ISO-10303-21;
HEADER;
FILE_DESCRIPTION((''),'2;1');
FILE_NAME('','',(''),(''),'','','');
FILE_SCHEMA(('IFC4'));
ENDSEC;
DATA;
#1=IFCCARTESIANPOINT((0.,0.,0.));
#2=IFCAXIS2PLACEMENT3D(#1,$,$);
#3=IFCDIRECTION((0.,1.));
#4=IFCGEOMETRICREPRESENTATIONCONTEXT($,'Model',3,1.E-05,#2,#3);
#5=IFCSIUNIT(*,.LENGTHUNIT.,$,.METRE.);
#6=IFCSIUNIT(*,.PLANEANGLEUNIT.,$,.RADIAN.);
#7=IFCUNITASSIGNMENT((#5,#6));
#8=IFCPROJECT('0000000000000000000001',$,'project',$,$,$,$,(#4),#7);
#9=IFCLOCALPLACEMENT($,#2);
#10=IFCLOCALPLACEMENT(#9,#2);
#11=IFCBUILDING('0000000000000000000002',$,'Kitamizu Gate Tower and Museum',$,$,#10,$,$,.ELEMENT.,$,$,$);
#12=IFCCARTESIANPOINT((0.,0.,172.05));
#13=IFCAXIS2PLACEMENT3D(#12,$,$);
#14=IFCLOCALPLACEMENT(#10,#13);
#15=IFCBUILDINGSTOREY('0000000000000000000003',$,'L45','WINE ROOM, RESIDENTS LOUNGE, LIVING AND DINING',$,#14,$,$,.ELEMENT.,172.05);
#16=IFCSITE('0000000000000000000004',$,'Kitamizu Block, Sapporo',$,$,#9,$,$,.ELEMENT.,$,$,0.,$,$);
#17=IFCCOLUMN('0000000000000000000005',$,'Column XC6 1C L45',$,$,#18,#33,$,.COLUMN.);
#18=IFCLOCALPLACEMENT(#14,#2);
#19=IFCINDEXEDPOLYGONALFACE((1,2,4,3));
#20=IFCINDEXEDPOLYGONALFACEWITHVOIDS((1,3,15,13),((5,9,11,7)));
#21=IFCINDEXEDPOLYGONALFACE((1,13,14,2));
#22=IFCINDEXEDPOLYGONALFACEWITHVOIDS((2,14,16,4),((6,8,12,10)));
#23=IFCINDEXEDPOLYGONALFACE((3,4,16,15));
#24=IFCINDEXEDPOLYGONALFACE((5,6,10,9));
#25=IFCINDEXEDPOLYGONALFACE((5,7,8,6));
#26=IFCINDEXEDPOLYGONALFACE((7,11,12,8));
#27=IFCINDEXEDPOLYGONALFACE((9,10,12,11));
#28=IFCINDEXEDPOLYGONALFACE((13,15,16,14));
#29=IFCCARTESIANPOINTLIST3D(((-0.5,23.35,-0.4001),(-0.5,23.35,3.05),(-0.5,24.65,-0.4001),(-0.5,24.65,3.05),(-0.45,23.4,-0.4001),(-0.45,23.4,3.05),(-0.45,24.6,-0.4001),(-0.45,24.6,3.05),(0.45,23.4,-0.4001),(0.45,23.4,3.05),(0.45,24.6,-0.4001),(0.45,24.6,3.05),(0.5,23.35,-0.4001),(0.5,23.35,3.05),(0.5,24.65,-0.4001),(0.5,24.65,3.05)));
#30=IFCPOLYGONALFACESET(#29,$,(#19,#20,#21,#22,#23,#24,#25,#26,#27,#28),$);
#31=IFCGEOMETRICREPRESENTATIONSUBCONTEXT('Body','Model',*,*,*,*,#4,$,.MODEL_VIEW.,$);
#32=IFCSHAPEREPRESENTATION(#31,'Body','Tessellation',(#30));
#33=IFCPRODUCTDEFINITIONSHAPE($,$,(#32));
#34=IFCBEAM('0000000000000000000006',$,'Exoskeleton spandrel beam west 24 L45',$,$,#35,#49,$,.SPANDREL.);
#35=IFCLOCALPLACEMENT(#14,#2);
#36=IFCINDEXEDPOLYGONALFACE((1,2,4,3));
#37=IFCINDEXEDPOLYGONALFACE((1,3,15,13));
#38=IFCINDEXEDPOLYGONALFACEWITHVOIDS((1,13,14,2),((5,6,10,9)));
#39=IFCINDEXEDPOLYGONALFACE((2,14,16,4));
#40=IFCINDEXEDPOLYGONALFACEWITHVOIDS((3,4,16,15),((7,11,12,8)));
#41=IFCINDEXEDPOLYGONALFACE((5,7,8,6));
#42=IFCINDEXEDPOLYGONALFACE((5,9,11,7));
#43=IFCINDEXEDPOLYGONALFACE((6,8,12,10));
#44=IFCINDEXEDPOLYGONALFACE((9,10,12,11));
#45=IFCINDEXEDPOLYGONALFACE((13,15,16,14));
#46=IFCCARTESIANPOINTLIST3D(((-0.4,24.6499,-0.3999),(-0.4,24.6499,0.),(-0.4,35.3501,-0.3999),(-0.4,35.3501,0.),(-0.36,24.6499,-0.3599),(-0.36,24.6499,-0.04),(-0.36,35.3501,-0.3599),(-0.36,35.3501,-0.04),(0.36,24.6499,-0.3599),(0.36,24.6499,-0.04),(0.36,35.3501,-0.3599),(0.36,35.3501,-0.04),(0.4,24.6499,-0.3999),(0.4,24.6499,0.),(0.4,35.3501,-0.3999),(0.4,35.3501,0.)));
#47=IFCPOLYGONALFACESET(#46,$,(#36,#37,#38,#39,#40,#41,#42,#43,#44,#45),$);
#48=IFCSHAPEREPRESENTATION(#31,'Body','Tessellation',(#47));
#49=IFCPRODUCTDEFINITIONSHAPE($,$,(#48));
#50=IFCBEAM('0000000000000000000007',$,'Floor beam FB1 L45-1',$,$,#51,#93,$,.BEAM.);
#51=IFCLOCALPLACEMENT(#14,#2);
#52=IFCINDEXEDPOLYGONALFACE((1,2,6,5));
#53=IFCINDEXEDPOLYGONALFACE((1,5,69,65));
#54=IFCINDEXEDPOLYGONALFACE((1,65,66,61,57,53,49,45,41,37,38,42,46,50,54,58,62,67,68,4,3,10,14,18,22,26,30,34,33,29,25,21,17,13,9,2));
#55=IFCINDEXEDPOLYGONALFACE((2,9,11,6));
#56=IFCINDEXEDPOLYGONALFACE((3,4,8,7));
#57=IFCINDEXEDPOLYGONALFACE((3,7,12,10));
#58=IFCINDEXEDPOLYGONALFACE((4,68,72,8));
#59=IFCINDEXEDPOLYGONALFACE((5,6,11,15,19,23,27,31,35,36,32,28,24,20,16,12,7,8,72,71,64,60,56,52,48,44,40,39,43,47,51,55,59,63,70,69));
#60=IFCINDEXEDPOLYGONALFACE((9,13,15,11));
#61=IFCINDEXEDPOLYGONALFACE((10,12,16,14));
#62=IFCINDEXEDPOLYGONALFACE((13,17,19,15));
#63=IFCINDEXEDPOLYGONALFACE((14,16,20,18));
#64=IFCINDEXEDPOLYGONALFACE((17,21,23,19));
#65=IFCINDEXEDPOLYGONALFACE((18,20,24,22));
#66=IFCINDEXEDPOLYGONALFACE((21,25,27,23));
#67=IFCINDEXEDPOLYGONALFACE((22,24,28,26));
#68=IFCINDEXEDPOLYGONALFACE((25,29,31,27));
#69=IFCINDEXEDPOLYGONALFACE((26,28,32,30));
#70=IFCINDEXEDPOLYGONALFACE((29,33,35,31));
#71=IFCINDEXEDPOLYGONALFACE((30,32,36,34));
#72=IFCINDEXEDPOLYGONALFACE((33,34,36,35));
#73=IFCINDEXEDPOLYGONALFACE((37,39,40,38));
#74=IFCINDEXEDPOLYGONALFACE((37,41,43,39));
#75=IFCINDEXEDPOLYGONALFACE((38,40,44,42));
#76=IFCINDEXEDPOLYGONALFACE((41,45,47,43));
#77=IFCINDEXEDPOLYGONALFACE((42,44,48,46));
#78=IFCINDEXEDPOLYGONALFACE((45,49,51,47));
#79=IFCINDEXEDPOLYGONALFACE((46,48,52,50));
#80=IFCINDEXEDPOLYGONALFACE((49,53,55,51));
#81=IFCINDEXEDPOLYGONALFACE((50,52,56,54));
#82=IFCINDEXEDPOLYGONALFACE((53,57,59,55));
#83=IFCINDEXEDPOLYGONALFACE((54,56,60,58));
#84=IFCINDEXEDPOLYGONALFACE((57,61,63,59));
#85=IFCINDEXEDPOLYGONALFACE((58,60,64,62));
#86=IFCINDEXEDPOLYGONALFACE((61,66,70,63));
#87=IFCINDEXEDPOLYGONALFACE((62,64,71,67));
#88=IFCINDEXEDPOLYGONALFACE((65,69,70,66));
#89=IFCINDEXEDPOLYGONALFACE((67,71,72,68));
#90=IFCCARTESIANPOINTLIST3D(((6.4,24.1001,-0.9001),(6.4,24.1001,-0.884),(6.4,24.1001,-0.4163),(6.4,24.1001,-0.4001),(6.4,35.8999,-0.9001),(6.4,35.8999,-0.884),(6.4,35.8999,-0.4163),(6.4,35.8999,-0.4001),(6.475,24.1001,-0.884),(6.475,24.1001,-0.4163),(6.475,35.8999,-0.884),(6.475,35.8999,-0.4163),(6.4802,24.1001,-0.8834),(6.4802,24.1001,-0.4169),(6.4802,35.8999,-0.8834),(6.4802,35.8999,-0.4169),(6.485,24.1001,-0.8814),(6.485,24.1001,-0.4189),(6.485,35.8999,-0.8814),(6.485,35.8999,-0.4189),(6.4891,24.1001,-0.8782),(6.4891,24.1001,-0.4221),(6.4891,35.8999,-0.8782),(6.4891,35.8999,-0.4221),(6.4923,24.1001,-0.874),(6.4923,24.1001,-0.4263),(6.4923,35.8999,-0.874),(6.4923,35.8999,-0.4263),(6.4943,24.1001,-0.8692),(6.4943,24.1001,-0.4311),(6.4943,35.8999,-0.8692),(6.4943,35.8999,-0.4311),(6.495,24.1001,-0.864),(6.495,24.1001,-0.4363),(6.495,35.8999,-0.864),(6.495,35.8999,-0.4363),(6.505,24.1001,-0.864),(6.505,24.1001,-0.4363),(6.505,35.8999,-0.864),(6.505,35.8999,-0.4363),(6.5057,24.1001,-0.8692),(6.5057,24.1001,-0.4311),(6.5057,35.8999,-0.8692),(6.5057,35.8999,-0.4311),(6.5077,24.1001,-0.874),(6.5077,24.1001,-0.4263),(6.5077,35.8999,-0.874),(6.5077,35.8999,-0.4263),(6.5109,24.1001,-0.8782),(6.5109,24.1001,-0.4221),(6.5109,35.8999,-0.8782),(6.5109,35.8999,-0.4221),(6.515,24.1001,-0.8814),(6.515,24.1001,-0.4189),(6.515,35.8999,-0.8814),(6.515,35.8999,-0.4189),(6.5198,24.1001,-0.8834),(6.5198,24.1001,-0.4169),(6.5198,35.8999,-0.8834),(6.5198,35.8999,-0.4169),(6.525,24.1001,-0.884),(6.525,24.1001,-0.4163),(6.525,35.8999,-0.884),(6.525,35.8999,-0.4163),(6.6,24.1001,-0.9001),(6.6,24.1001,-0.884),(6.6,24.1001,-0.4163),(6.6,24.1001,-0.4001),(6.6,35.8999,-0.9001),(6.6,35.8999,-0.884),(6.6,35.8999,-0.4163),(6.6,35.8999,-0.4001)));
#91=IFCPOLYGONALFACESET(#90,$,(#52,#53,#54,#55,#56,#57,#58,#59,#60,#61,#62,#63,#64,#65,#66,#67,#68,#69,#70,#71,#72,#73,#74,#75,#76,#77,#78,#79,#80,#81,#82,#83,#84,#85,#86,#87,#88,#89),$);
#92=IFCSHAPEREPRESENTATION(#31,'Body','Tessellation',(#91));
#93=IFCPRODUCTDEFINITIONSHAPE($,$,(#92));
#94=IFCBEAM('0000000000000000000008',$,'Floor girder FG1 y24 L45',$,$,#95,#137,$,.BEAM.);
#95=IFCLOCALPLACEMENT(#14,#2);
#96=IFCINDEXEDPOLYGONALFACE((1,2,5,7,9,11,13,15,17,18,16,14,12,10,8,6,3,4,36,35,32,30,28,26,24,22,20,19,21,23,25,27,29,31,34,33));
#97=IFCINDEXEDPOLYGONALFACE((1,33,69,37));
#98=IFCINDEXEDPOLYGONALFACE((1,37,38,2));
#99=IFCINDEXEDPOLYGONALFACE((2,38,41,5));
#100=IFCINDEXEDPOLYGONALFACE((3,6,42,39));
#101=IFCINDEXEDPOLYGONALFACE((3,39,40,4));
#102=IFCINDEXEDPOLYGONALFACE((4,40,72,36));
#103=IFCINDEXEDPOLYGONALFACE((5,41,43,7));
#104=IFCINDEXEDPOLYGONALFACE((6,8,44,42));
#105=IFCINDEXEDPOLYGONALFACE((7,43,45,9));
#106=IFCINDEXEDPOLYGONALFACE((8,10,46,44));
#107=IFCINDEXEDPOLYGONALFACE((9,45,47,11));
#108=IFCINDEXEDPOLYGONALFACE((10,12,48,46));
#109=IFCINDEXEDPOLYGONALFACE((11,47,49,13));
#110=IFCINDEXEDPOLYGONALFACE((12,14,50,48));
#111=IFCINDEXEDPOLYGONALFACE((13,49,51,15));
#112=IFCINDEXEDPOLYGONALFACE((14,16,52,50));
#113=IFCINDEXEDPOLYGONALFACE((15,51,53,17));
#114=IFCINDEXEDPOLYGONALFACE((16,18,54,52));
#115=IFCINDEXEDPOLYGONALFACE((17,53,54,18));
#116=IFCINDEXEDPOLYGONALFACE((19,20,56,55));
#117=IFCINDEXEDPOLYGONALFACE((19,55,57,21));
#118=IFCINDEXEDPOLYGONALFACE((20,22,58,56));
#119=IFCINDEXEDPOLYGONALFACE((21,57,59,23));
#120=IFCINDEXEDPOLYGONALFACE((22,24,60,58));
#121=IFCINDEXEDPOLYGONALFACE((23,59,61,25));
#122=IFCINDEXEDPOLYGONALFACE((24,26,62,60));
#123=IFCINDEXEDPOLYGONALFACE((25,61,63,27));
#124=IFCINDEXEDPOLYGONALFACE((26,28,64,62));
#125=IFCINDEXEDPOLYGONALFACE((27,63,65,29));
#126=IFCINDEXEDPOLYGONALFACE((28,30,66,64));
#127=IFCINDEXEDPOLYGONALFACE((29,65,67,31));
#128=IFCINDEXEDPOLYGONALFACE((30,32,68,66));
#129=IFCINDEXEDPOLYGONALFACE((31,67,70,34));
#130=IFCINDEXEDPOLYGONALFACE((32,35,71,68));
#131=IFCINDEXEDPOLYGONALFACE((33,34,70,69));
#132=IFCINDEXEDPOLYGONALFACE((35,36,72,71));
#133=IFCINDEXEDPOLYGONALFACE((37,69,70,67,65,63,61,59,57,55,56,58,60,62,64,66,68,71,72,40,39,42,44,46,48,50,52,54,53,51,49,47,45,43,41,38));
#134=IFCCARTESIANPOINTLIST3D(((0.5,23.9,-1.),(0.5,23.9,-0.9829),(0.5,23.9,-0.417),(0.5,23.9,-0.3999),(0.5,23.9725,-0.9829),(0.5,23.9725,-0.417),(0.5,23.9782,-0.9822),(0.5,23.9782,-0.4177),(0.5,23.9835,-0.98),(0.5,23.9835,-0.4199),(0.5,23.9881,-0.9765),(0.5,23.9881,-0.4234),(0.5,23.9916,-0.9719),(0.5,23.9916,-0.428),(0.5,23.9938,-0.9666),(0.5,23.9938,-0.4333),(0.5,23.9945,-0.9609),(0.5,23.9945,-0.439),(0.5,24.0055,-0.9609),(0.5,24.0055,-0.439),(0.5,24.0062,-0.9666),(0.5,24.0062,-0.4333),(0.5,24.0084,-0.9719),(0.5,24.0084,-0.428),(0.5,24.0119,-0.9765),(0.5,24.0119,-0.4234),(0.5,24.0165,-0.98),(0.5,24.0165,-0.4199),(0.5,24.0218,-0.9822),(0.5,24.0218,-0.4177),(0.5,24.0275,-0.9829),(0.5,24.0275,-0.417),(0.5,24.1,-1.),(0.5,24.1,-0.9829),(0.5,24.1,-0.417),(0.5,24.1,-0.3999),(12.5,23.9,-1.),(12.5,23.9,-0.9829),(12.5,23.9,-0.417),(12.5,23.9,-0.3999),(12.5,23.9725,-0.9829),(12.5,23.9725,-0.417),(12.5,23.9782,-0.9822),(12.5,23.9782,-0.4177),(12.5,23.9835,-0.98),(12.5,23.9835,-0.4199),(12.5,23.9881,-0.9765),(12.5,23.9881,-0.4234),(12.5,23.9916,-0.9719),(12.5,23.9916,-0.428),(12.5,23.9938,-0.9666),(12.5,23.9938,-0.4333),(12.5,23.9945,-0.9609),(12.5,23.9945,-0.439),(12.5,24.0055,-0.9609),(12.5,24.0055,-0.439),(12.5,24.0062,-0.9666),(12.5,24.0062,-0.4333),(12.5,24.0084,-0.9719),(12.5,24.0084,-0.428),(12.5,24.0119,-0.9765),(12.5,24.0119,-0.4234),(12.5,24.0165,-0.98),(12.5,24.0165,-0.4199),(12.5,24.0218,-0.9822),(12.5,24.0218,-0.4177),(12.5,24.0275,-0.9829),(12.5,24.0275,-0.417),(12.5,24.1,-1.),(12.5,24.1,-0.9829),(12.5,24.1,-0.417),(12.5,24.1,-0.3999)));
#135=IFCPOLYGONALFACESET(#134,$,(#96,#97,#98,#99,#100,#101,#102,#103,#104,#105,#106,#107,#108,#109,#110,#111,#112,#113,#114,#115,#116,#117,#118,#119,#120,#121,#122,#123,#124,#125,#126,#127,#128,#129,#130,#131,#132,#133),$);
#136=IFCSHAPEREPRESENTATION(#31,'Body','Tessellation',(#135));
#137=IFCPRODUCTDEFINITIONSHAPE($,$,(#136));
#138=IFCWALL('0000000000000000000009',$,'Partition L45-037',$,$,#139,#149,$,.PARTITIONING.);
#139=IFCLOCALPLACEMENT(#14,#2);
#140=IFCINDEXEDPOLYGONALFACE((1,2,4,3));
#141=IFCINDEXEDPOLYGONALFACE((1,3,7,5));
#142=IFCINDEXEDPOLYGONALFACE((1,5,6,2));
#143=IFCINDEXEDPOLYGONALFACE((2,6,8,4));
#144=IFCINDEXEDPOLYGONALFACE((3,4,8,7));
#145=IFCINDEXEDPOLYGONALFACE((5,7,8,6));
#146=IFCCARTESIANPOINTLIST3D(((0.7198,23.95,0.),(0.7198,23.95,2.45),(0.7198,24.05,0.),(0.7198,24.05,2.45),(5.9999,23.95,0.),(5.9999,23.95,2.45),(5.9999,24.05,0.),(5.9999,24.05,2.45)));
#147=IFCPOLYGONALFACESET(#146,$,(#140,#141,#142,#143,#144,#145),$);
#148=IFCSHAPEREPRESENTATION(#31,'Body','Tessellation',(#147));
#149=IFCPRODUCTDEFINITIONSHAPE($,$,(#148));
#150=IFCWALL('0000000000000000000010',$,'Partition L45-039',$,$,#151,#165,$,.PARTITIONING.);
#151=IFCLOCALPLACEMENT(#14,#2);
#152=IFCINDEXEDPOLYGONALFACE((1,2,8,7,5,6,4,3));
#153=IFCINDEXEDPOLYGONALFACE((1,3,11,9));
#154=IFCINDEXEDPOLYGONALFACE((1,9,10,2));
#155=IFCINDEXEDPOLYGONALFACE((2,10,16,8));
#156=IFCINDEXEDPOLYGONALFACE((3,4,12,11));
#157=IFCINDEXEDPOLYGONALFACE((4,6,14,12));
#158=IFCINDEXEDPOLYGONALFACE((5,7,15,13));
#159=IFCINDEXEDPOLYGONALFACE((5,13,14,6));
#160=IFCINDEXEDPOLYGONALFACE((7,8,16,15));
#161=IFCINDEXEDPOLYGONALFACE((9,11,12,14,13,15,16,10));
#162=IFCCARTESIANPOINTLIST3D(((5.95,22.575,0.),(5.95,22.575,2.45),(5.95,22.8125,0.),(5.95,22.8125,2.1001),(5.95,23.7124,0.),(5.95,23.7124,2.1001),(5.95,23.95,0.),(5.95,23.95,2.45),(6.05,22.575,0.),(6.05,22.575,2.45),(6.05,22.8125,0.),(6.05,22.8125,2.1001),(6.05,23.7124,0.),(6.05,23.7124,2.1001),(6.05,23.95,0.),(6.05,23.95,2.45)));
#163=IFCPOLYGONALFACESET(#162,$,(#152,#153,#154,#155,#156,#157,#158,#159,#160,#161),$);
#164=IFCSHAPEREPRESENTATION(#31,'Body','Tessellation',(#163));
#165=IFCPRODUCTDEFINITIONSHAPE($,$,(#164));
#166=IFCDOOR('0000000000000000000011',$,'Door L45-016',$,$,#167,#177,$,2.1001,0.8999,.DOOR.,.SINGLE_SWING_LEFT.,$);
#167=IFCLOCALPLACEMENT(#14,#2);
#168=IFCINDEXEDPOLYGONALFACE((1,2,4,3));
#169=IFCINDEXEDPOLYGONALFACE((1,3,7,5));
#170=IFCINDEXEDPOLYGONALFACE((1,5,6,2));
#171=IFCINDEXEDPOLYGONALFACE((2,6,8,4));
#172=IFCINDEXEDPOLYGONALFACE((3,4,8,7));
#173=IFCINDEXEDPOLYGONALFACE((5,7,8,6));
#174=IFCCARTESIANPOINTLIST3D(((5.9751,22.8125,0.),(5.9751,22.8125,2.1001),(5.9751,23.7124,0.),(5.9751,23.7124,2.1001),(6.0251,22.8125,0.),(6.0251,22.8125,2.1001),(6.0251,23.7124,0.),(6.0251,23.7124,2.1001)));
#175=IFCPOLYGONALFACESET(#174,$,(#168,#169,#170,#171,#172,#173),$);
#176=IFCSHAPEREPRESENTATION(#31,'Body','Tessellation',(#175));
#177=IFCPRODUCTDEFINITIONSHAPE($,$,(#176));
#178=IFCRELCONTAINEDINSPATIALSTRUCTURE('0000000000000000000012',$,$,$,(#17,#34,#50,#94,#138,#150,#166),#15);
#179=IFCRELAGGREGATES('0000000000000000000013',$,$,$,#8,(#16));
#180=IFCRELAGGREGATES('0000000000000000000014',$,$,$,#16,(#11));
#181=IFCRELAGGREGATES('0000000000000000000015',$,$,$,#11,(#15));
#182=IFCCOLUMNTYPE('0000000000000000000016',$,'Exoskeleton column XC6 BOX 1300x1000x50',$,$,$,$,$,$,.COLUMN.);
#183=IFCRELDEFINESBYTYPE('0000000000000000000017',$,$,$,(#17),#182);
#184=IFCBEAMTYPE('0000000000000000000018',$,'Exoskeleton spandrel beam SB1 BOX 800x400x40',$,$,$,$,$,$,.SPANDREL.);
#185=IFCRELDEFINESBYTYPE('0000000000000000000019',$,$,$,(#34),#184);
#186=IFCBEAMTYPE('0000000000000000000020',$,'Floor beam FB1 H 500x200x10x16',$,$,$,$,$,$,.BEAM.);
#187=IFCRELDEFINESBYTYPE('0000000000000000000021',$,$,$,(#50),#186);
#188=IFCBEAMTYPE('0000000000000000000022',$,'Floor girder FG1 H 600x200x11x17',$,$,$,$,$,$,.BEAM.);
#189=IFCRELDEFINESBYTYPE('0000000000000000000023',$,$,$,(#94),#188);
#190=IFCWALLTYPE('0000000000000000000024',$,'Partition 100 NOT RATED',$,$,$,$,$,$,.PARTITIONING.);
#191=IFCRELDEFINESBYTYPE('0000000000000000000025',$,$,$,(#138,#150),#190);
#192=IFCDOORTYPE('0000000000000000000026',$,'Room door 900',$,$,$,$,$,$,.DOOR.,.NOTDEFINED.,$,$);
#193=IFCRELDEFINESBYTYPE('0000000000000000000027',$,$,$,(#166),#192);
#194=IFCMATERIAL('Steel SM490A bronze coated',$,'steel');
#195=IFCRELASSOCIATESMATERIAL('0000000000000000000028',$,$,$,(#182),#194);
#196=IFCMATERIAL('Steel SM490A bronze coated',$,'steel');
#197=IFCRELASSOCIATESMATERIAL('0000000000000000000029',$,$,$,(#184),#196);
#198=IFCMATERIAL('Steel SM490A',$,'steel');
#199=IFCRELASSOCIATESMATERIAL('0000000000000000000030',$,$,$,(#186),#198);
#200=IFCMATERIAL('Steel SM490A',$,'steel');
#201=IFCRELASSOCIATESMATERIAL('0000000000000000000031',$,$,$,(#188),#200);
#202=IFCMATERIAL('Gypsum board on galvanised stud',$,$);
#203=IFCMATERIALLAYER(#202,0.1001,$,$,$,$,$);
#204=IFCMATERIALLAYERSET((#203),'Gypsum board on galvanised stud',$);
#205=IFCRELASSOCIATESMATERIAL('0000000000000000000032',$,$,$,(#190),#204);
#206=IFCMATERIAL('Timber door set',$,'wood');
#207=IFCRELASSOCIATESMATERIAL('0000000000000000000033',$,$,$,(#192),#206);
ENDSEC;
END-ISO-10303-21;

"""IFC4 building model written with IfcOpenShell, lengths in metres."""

from ifc_helpers import new_model, si_unit, direction, frame, frame_2d, origin, origin_2d, place, context, subcontext, project, spatial, rectangle, hollow_rectangle, i_section, extrude, material, layer, layer_set, material_profile, profile_set, type_object, element, fill, save


model = new_model("IFC4")

# Units and contexts
model_context = context("Model", 3, precision=1e-05, world=origin(), true_north=direction((0.0, 1.0)))
body_context = subcontext(model_context, "Body", "Model", "MODEL_VIEW")
ifc_project = project(units=[si_unit("LENGTHUNIT", "METRE"), si_unit("PLANEANGLEUNIT", "RADIAN")], contexts=[model_context])

# Site, building, storey
site_placement = place(None, origin())
site = spatial("IfcSite", under=ifc_project, at=site_placement, Name="Kitamizu Block, Sapporo", CompositionType="ELEMENT", RefElevation=0.0)
building_placement = place(site_placement, origin())
building = spatial("IfcBuilding", under=site, at=building_placement, Name="Kitamizu Gate Tower and Museum", CompositionType="ELEMENT")
storey_placement = place(building_placement, frame((0.0, 0.0, 172.05)))
storey = spatial("IfcBuildingStorey", under=building, at=storey_placement, Name="L45", Description="WINE ROOM, RESIDENTS LOUNGE, LIVING AND DINING", CompositionType="ELEMENT", Elevation=172.05)

# Column
ifc_material_1 = material(Name="Steel SM490A bronze coated", Category="steel")
ifc_material_profile_1 = material_profile(ifc_material_1, hollow_rectangle(XDim=1.3, YDim=1.0, WallThickness=0.05, at=origin_2d()), Name="BOX 1300x1000x50")
ifc_profile_set_1 = profile_set([ifc_material_profile_1], Name="Steel SM490A bronze coated")
column_type = type_object("IfcColumnType", Name="Exoskeleton column XC6 BOX 1300x1000x50", PredefinedType="COLUMN", material=ifc_profile_set_1)
column_placement = place(storey_placement, frame((0.0, 24.0, -0.4001), z_axis=(0.0, 0.0, 1.0), x_axis=(0.0, 1.0, 0.0)))
element("IfcColumn", 1, at=column_placement, inside=storey, type_object=column_type, Name="Column XC6 1C L45", PredefinedType="COLUMN", context=body_context, shape_type="SweptSolid", body=[
    extrude(hollow_rectangle(XDim=1.3, YDim=1.0, WallThickness=0.05, at=origin_2d()), origin(), (0.0, 0.0, 1.0), 3.4502),
])

# Beams
ifc_material_2 = material(Name="Steel SM490A bronze coated", Category="steel")
ifc_material_profile_2 = material_profile(ifc_material_2, hollow_rectangle(XDim=0.8, YDim=0.3999, WallThickness=0.04, at=origin_2d()), Name="BOX 800x400x40")
ifc_profile_set_2 = profile_set([ifc_material_profile_2], Name="Steel SM490A bronze coated")
beam_type_1 = type_object("IfcBeamType", Name="Exoskeleton spandrel beam SB1 BOX 800x400x40", PredefinedType="SPANDREL", material=ifc_profile_set_2)
beam_1_placement = place(storey_placement, frame((0.0, 24.6499, -0.2), z_axis=(0.0, 1.0, 0.0), x_axis=(-1.0, 0.0, 0.0)))
element("IfcBeam", 2, at=beam_1_placement, inside=storey, type_object=beam_type_1, Name="Exoskeleton spandrel beam west 24 L45", PredefinedType="SPANDREL", context=body_context, shape_type="SweptSolid", body=[
    extrude(hollow_rectangle(XDim=0.8, YDim=0.3999, WallThickness=0.04, at=origin_2d()), origin(), (0.0, 0.0, 1.0), 10.7002),
])
ifc_material_3 = material(Name="Steel SM490A", Category="steel")
ifc_material_profile_3 = material_profile(ifc_material_3, i_section(OverallWidth=0.2, OverallDepth=0.5, WebThickness=0.01, FlangeThickness=0.0161, FilletRadius=0.02, at=origin_2d()), Name="H-500x200x10x16")
ifc_profile_set_3 = profile_set([ifc_material_profile_3], Name="Steel SM490A")
beam_type_2 = type_object("IfcBeamType", Name="Floor beam FB1 H 500x200x10x16", PredefinedType="BEAM", material=ifc_profile_set_3)
beam_2_placement = place(storey_placement, frame((6.5, 24.1001, -0.6501), z_axis=(0.0, 1.0, 0.0), x_axis=(-1.0, 0.0, 0.0)))
element("IfcBeam", 3, at=beam_2_placement, inside=storey, type_object=beam_type_2, Name="Floor beam FB1 L45-1", PredefinedType="BEAM", context=body_context, shape_type="SweptSolid", body=[
    extrude(i_section(OverallWidth=0.2, OverallDepth=0.5, WebThickness=0.01, FlangeThickness=0.0161, FilletRadius=0.02, at=origin_2d()), origin(), (0.0, 0.0, 1.0), 11.7998),
])
ifc_material_4 = material(Name="Steel SM490A", Category="steel")
ifc_material_profile_4 = material_profile(ifc_material_4, i_section(OverallWidth=0.2, OverallDepth=0.6001, WebThickness=0.011, FlangeThickness=0.0171, FilletRadius=0.022, at=origin_2d()), Name="H-600x200x11x17")
ifc_profile_set_4 = profile_set([ifc_material_profile_4], Name="Steel SM490A")
beam_type_3 = type_object("IfcBeamType", Name="Floor girder FG1 H 600x200x11x17", PredefinedType="BEAM", material=ifc_profile_set_4)
beam_3_placement = place(storey_placement, frame((0.5, 24.0, -0.7), z_axis=(1.0, 0.0, 0.0), x_axis=(0.0, 1.0, 0.0)))
element("IfcBeam", 4, at=beam_3_placement, inside=storey, type_object=beam_type_3, Name="Floor girder FG1 y24 L45", PredefinedType="BEAM", context=body_context, shape_type="SweptSolid", body=[
    extrude(i_section(OverallWidth=0.2, OverallDepth=0.6001, WebThickness=0.011, FlangeThickness=0.0171, FilletRadius=0.022, at=origin_2d()), origin(), (0.0, 0.0, 1.0), 12.0),
])

# Wall
ifc_material_5 = material(Name="Gypsum board on galvanised stud")
ifc_layer_1 = layer(ifc_material_5, 0.1001)
ifc_layer_set_1 = layer_set([ifc_layer_1], Name="Gypsum board on galvanised stud")
wall_type_1 = type_object("IfcWallType", Name="Partition 100 NOT RATED", PredefinedType="PARTITIONING", material=ifc_layer_set_1)
wall_1_placement = place(storey_placement, frame((6.0, 24.0, 0.0), z_axis=(0.0, 0.0, 1.0), x_axis=(-1.0, 0.0, 0.0)))
element("IfcWall", 5, at=wall_1_placement, inside=storey, type_object=wall_type_1, Name="Partition L45-037", PredefinedType="PARTITIONING", context=body_context, shape_type="SweptSolid", body=[
    extrude(rectangle(XDim=5.28, YDim=0.1001, at=frame_2d((2.6401, 0.0))), origin(), (0.0, 0.0, 1.0), 2.45),
])

# Wall, opening, door
wall_2_placement = place(storey_placement, frame((6.0, 22.575, 0.0), z_axis=(0.0, 0.0, 1.0), x_axis=(0.0, 1.0, 0.0)))
wall_2 = element("IfcWall", 6, at=wall_2_placement, inside=storey, type_object=wall_type_1, Name="Partition L45-039", PredefinedType="PARTITIONING", context=body_context, shape_type="SweptSolid", body=[
    extrude(rectangle(XDim=1.375, YDim=0.1001, at=frame_2d((0.6875, 0.0))), origin(), (0.0, 0.0, 1.0), 2.45),
])
opening_1_placement = place(wall_2_placement, frame((0.2375, 0.0, 0.0)))
opening_1 = element("IfcOpeningElement", 7, at=opening_1_placement, cuts=wall_2, PredefinedType="OPENING", context=body_context, shape_type="SweptSolid", body=[
    extrude(rectangle(XDim=0.8999, YDim=2.1001, at=frame_2d((0.45, 1.05))), frame((0.0, 0.0601, 0.0), z_axis=(0.0, -1.0, 0.0), x_axis=(1.0, 0.0, 0.0)), (0.0, 0.0, 1.0), 0.1201),
])
ifc_material_6 = material(Name="Timber door set", Category="wood")
door_type_1 = type_object("IfcDoorType", Name="Room door 900", OperationType="NOTDEFINED", PredefinedType="DOOR", material=ifc_material_6)
door_1_placement = place(opening_1_placement, origin())
door_1 = element("IfcDoor", 8, at=door_1_placement, inside=storey, type_object=door_type_1, Name="Door L45-016", OperationType="SINGLE_SWING_LEFT", OverallHeight=2.1001, OverallWidth=0.8999, PredefinedType="DOOR", context=body_context, shape_type="SweptSolid", body=[
    extrude(rectangle(XDim=0.8999, YDim=2.1001, at=frame_2d((0.45, 1.05))), frame((0.0, 0.0249, 0.0), z_axis=(0.0, -1.0, 0.0), x_axis=(1.0, 0.0, 0.0)), (0.0, 0.0, 1.0), 0.05),
])
fill(opening_1, door_1)

save(model, "model.ifc")
